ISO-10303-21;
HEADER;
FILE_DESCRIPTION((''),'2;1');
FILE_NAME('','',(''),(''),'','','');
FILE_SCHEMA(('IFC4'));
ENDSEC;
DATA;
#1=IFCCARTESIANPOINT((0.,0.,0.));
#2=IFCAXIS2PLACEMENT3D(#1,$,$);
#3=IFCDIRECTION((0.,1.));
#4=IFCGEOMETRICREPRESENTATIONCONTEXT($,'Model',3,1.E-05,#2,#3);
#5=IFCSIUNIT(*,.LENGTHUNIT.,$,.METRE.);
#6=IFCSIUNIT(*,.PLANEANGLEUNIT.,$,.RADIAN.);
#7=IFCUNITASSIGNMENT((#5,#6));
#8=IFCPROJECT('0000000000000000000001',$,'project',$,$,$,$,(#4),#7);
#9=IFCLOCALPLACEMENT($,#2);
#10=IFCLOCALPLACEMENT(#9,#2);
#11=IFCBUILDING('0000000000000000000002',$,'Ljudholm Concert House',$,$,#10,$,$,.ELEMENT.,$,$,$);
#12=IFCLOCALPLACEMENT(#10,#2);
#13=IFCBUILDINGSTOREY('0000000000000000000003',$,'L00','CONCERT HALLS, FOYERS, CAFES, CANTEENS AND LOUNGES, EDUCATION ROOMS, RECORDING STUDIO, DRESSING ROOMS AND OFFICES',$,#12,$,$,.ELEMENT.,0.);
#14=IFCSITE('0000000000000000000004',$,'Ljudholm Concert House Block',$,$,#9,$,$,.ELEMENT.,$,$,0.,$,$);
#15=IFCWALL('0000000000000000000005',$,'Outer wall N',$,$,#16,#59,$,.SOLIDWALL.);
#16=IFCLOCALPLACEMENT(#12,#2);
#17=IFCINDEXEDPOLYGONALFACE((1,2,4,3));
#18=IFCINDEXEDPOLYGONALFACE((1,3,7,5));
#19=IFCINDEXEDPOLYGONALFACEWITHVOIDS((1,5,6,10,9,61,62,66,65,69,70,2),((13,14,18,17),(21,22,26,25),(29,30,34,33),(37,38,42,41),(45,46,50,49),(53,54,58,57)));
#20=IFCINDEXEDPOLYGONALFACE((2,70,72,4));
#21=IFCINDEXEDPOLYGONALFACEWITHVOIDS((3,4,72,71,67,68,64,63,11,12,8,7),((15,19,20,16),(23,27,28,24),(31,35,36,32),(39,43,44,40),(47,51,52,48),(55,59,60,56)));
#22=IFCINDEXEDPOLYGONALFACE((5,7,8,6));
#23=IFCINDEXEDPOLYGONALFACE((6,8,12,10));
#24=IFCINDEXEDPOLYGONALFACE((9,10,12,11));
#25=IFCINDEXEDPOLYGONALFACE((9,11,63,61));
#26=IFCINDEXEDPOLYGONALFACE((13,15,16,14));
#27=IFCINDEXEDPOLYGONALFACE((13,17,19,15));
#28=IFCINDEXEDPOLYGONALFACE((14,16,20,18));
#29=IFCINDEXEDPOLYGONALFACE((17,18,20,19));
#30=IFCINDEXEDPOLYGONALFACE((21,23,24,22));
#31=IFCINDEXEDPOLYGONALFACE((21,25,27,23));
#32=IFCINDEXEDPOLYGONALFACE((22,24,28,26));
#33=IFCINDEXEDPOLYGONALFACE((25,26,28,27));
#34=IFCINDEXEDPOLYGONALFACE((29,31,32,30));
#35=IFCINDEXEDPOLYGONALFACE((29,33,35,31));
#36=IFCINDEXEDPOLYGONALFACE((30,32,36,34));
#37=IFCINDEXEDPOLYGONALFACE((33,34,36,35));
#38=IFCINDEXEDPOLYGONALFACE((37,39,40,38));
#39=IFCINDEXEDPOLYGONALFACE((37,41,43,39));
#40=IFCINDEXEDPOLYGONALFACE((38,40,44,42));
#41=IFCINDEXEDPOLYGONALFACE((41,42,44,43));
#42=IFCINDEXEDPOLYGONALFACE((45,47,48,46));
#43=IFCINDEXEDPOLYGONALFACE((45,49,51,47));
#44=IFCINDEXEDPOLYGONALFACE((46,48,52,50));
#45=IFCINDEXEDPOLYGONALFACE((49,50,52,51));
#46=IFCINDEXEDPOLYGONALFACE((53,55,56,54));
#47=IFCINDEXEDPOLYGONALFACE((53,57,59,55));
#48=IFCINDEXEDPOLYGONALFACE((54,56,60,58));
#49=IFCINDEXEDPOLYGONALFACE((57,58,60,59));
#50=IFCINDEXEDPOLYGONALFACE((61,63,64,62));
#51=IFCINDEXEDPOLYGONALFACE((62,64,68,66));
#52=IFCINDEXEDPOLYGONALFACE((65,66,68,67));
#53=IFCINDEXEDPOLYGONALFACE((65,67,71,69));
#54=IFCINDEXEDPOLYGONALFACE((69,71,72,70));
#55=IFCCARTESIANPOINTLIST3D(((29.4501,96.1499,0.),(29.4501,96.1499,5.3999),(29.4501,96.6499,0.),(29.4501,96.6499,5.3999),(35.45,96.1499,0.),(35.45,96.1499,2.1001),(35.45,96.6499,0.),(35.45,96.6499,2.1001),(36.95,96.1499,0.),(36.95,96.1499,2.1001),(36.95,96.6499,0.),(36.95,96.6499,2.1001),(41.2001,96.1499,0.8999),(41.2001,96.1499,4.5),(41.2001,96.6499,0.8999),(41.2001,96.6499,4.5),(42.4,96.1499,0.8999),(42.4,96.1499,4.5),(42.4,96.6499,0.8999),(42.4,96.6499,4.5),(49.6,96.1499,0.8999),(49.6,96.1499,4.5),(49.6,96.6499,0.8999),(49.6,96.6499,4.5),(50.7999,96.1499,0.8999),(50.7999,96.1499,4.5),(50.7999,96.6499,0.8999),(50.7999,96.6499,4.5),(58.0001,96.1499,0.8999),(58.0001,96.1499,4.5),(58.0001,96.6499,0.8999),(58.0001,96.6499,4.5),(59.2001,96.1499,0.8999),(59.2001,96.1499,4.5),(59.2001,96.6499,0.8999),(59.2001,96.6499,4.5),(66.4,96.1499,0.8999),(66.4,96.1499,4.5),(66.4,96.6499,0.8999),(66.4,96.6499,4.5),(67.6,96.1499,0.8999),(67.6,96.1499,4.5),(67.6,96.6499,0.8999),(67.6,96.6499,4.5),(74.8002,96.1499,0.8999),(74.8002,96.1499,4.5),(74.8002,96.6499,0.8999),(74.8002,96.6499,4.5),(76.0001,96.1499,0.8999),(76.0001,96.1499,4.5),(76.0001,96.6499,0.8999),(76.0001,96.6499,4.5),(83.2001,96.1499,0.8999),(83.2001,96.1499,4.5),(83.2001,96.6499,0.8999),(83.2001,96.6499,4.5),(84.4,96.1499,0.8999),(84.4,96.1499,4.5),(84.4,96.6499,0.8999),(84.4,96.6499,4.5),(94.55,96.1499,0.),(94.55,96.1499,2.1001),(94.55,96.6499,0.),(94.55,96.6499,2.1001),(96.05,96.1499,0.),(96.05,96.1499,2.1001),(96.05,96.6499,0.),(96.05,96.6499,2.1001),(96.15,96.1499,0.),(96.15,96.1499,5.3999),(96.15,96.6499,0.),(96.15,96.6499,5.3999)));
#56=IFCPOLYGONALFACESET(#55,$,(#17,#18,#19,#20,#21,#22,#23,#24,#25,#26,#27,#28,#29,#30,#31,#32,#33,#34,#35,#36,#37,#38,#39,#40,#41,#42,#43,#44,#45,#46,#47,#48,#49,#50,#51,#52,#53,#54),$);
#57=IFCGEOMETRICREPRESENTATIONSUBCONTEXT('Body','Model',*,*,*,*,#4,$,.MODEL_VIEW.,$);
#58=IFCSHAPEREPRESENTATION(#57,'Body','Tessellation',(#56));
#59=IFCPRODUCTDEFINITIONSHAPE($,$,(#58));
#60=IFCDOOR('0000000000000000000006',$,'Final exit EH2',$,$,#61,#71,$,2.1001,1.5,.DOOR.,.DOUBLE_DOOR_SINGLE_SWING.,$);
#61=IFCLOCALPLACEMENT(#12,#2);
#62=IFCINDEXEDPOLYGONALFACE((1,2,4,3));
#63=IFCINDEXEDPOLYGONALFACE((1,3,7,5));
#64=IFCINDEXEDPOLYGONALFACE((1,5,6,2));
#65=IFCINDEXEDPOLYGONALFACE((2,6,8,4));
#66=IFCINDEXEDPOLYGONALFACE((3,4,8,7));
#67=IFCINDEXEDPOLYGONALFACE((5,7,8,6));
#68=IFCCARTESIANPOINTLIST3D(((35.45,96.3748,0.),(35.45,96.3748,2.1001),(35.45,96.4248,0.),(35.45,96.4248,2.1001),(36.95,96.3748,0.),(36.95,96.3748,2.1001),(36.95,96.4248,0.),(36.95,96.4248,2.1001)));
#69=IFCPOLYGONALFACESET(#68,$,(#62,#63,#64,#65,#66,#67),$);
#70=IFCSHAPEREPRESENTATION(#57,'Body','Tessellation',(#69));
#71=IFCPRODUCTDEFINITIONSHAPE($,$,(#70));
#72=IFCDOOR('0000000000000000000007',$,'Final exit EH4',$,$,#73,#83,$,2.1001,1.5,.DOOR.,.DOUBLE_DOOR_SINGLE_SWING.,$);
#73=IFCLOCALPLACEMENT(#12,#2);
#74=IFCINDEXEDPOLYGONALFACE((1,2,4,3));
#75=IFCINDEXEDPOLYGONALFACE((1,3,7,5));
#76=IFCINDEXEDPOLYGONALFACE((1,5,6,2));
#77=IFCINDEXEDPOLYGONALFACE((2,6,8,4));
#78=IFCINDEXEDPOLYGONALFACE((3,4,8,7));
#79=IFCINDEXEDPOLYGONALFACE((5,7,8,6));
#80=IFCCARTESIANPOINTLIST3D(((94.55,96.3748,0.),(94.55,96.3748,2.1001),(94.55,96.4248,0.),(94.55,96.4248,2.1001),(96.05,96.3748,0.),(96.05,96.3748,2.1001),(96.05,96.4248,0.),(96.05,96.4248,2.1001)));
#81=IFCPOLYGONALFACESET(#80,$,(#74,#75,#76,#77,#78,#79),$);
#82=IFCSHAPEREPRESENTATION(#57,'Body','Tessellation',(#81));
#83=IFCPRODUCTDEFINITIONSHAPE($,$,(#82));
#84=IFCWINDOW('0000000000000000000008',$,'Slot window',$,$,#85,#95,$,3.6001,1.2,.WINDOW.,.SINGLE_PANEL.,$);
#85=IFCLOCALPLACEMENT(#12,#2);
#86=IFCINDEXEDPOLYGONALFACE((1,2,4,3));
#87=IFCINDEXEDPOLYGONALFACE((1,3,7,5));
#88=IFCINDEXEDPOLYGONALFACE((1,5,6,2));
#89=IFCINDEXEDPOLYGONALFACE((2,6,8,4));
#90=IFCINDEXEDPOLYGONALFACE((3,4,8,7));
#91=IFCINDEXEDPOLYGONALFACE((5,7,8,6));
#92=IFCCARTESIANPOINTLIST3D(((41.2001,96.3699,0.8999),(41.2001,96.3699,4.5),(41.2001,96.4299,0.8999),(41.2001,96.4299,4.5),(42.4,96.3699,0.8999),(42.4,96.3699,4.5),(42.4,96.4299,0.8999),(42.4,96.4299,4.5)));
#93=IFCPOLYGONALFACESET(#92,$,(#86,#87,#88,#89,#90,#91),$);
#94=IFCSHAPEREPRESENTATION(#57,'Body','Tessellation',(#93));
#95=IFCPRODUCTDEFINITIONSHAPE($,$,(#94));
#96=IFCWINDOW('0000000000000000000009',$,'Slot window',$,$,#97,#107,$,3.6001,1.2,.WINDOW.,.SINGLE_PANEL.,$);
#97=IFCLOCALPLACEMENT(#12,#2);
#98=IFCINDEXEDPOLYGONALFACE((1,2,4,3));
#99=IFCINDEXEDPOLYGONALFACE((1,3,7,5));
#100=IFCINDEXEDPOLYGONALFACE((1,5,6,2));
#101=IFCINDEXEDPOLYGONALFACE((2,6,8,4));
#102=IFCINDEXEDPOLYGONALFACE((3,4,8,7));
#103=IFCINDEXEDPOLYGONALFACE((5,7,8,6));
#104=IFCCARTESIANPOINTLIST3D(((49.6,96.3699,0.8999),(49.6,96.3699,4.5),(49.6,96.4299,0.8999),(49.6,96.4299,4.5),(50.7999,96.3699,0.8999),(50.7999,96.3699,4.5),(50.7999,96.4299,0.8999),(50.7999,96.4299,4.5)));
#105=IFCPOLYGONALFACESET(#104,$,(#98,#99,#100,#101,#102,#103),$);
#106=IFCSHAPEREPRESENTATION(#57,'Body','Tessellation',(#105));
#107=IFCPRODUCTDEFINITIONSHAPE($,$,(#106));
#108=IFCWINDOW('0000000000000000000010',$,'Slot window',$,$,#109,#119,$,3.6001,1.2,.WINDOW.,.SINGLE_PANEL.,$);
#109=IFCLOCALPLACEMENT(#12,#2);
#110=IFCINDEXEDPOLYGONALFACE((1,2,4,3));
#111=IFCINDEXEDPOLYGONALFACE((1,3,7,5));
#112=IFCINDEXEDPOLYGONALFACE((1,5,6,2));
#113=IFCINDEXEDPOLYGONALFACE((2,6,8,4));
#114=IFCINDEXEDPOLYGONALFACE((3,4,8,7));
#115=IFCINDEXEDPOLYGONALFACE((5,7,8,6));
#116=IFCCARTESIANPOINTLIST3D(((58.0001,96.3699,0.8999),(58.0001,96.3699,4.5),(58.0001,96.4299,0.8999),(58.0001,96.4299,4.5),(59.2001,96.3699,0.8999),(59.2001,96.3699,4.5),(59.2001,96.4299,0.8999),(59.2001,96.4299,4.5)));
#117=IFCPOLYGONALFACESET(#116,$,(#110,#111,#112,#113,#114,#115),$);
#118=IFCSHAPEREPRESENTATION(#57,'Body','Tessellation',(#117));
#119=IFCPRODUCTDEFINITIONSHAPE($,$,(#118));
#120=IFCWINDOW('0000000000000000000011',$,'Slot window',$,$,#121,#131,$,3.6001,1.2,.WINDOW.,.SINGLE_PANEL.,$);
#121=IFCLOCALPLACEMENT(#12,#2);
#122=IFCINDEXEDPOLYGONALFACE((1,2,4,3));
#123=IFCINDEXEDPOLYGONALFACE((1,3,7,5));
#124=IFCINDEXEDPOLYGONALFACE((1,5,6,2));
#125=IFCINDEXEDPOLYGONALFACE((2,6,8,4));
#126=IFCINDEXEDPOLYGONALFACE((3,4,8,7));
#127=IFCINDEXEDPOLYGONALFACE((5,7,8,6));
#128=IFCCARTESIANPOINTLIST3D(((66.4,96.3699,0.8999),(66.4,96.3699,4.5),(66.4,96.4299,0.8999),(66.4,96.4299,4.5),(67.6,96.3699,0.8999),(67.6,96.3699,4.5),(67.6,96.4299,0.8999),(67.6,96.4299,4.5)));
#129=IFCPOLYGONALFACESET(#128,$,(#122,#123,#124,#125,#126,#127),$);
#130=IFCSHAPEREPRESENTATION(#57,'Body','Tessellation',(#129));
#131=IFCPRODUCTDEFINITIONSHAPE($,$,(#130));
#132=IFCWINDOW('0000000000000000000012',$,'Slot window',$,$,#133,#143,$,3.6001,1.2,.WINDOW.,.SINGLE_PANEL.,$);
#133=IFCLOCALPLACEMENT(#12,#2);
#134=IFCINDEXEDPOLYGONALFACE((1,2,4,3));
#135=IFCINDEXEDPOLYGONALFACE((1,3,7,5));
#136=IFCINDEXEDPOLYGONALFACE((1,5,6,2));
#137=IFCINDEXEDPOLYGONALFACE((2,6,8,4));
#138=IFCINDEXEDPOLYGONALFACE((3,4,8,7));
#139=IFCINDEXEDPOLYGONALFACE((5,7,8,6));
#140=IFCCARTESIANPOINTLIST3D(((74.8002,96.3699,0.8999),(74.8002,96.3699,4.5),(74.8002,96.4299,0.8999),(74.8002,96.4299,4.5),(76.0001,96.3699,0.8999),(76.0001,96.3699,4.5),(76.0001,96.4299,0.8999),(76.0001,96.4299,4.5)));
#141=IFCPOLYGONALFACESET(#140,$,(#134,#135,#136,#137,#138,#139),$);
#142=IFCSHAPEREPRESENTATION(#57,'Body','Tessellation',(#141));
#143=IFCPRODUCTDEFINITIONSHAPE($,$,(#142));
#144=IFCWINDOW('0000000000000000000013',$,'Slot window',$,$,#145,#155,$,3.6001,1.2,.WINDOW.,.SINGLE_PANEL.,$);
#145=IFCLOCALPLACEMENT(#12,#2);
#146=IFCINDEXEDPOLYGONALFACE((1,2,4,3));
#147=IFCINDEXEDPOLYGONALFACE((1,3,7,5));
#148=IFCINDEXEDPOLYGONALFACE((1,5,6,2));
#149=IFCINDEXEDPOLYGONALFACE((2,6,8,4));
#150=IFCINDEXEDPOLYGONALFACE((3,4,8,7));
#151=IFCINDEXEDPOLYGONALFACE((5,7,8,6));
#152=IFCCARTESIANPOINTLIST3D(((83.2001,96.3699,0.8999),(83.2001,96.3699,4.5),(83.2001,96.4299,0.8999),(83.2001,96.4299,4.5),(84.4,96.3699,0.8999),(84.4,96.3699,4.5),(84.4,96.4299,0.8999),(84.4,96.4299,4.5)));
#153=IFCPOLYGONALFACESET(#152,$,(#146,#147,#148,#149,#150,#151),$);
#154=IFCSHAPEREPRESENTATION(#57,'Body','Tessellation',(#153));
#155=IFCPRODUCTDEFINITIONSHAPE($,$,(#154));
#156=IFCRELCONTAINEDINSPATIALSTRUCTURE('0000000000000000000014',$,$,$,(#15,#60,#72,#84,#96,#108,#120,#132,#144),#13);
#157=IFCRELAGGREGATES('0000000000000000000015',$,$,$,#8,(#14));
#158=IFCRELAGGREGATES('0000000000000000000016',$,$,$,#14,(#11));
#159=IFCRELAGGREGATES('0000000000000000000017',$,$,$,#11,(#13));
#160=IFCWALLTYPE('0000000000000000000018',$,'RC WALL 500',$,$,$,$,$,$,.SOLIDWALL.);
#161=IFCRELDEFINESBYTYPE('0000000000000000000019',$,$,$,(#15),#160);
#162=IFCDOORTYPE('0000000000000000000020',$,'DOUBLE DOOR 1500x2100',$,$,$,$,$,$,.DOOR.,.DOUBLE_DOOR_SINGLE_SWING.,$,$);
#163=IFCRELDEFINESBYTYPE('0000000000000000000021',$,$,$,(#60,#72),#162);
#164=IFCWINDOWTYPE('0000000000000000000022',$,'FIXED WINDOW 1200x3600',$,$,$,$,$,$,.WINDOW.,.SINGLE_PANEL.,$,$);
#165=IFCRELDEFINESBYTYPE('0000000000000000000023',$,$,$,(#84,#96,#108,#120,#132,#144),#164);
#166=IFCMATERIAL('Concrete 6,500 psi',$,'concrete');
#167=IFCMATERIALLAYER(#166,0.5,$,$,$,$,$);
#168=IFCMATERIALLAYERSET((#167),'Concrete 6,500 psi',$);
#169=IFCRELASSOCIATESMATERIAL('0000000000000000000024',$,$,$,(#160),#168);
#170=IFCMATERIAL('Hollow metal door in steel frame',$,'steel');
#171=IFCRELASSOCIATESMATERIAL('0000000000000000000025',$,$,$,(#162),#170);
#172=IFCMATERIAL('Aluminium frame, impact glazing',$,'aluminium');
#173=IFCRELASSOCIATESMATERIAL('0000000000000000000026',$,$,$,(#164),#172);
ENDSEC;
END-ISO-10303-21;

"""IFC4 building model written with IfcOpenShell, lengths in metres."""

from ifc_helpers import new_model, si_unit, direction, frame, frame_2d, origin, place, context, subcontext, project, spatial, rectangle, extrude, material, layer, layer_set, type_object, element, fill, save


model = new_model("IFC4")

# Units and contexts
model_context = context("Model", 3, precision=1e-05, world=origin(), true_north=direction((0.0, 1.0)))
body_context = subcontext(model_context, "Body", "Model", "MODEL_VIEW")
ifc_project = project(units=[si_unit("LENGTHUNIT", "METRE"), si_unit("PLANEANGLEUNIT", "RADIAN")], contexts=[model_context])

# Site, building, storey
site_placement = place(None, origin())
site = spatial("IfcSite", under=ifc_project, at=site_placement, Name="Ljudholm Concert House Block", CompositionType="ELEMENT", RefElevation=0.0)
building_placement = place(site_placement, origin())
building = spatial("IfcBuilding", under=site, at=building_placement, Name="Ljudholm Concert House", CompositionType="ELEMENT")
storey_placement = place(building_placement, origin())
storey = spatial("IfcBuildingStorey", under=building, at=storey_placement, Name="L00", Description="CONCERT HALLS, FOYERS, CAFES, CANTEENS AND LOUNGES, EDUCATION ROOMS, RECORDING STUDIO, DRESSING ROOMS AND OFFICES", CompositionType="ELEMENT", Elevation=0.0)

# Wall, openings, doors, windows
ifc_material_1 = material(Name="Concrete 6,500 psi", Category="concrete")
ifc_layer_1 = layer(ifc_material_1, 0.5)
ifc_layer_set_1 = layer_set([ifc_layer_1], Name="Concrete 6,500 psi")
wall_type_1 = type_object("IfcWallType", Name="RC WALL 500", PredefinedType="SOLIDWALL", material=ifc_layer_set_1)
wall_1_placement = place(storey_placement, frame((29.45, 96.3999, 0.0), z_axis=(0.0, 0.0, 1.0), x_axis=(1.0, 0.0, 0.0)))
wall_1 = element("IfcWall", 1, at=wall_1_placement, inside=storey, type_object=wall_type_1, Name="Outer wall N", PredefinedType="SOLIDWALL", context=body_context, shape_type="SweptSolid", body=[
    extrude(rectangle(XDim=66.7, YDim=0.5, at=frame_2d((33.3501, 0.0))), origin(), (0.0, 0.0, 1.0), 5.3999),
])
opening_1_placement = place(wall_1_placement, frame((11.75, 0.0, 0.8999)))
opening_1 = element("IfcOpeningElement", 2, at=opening_1_placement, cuts=wall_1, PredefinedType="OPENING", context=body_context, shape_type="SweptSolid", body=[
    extrude(rectangle(XDim=1.2, YDim=3.6001, at=frame_2d((0.6001, 1.8))), frame((0.0, 0.26, 0.0), z_axis=(0.0, -1.0, 0.0), x_axis=(1.0, 0.0, 0.0)), (0.0, 0.0, 1.0), 0.52),
])
opening_2_placement = place(wall_1_placement, frame((20.1499, 0.0, 0.8999)))
opening_2 = element("IfcOpeningElement", 3, at=opening_2_placement, cuts=wall_1, PredefinedType="OPENING", context=body_context, shape_type="SweptSolid", body=[
    extrude(rectangle(XDim=1.2, YDim=3.6001, at=frame_2d((0.6001, 1.8))), frame((0.0, 0.26, 0.0), z_axis=(0.0, -1.0, 0.0), x_axis=(1.0, 0.0, 0.0)), (0.0, 0.0, 1.0), 0.52),
])
opening_3_placement = place(wall_1_placement, frame((28.55, 0.0, 0.8999)))
opening_3 = element("IfcOpeningElement", 4, at=opening_3_placement, cuts=wall_1, PredefinedType="OPENING", context=body_context, shape_type="SweptSolid", body=[
    extrude(rectangle(XDim=1.2, YDim=3.6001, at=frame_2d((0.6001, 1.8))), frame((0.0, 0.26, 0.0), z_axis=(0.0, -1.0, 0.0), x_axis=(1.0, 0.0, 0.0)), (0.0, 0.0, 1.0), 0.52),
])
opening_4_placement = place(wall_1_placement, frame((36.95, 0.0, 0.8999)))
opening_4 = element("IfcOpeningElement", 5, at=opening_4_placement, cuts=wall_1, PredefinedType="OPENING", context=body_context, shape_type="SweptSolid", body=[
    extrude(rectangle(XDim=1.2, YDim=3.6001, at=frame_2d((0.6001, 1.8))), frame((0.0, 0.26, 0.0), z_axis=(0.0, -1.0, 0.0), x_axis=(1.0, 0.0, 0.0)), (0.0, 0.0, 1.0), 0.52),
])
opening_5_placement = place(wall_1_placement, frame((45.3501, 0.0, 0.8999)))
opening_5 = element("IfcOpeningElement", 6, at=opening_5_placement, cuts=wall_1, PredefinedType="OPENING", context=body_context, shape_type="SweptSolid", body=[
    extrude(rectangle(XDim=1.2, YDim=3.6001, at=frame_2d((0.6001, 1.8))), frame((0.0, 0.26, 0.0), z_axis=(0.0, -1.0, 0.0), x_axis=(1.0, 0.0, 0.0)), (0.0, 0.0, 1.0), 0.52),
])
opening_6_placement = place(wall_1_placement, frame((53.75, 0.0, 0.8999)))
opening_6 = element("IfcOpeningElement", 7, at=opening_6_placement, cuts=wall_1, PredefinedType="OPENING", context=body_context, shape_type="SweptSolid", body=[
    extrude(rectangle(XDim=1.2, YDim=3.6001, at=frame_2d((0.6001, 1.8))), frame((0.0, 0.26, 0.0), z_axis=(0.0, -1.0, 0.0), x_axis=(1.0, 0.0, 0.0)), (0.0, 0.0, 1.0), 0.52),
])
opening_7_placement = place(wall_1_placement, frame((6.0, 0.0, 0.0)))
opening_7 = element("IfcOpeningElement", 8, at=opening_7_placement, cuts=wall_1, PredefinedType="OPENING", context=body_context, shape_type="SweptSolid", body=[
    extrude(rectangle(XDim=1.5, YDim=2.1001, at=frame_2d((0.75, 1.05))), frame((0.0, 0.26, 0.0), z_axis=(0.0, -1.0, 0.0), x_axis=(1.0, 0.0, 0.0)), (0.0, 0.0, 1.0), 0.52),
])
opening_8_placement = place(wall_1_placement, frame((65.1001, 0.0, 0.0)))
opening_8 = element("IfcOpeningElement", 9, at=opening_8_placement, cuts=wall_1, PredefinedType="OPENING", context=body_context, shape_type="SweptSolid", body=[
    extrude(rectangle(XDim=1.5, YDim=2.1001, at=frame_2d((0.75, 1.05))), frame((0.0, 0.26, 0.0), z_axis=(0.0, -1.0, 0.0), x_axis=(1.0, 0.0, 0.0)), (0.0, 0.0, 1.0), 0.52),
])
ifc_material_2 = material(Name="Hollow metal door in steel frame", Category="steel")
door_type_1 = type_object("IfcDoorType", Name="DOUBLE DOOR 1500x2100", OperationType="DOUBLE_DOOR_SINGLE_SWING", PredefinedType="DOOR", material=ifc_material_2)
door_1_placement = place(opening_7_placement, origin())
door_1 = element("IfcDoor", 10, at=door_1_placement, inside=storey, type_object=door_type_1, Name="Final exit EH2", OperationType="DOUBLE_DOOR_SINGLE_SWING", OverallHeight=2.1001, OverallWidth=1.5, PredefinedType="DOOR", context=body_context, shape_type="SweptSolid", body=[
    extrude(rectangle(XDim=1.5, YDim=2.1001, at=frame_2d((0.75, 1.05))), frame((0.0, 0.0249, 0.0), z_axis=(0.0, -1.0, 0.0), x_axis=(1.0, 0.0, 0.0)), (0.0, 0.0, 1.0), 0.05),
])
fill(opening_7, door_1)
door_2_placement = place(opening_8_placement, origin())
door_2 = element("IfcDoor", 11, at=door_2_placement, inside=storey, type_object=door_type_1, Name="Final exit EH4", OperationType="DOUBLE_DOOR_SINGLE_SWING", OverallHeight=2.1001, OverallWidth=1.5, PredefinedType="DOOR", context=body_context, shape_type="SweptSolid", body=[
    extrude(rectangle(XDim=1.5, YDim=2.1001, at=frame_2d((0.75, 1.05))), frame((0.0, 0.0249, 0.0), z_axis=(0.0, -1.0, 0.0), x_axis=(1.0, 0.0, 0.0)), (0.0, 0.0, 1.0), 0.05),
])
fill(opening_8, door_2)
ifc_material_3 = material(Name="Aluminium frame, impact glazing", Category="aluminium")
window_type = type_object("IfcWindowType", Name="FIXED WINDOW 1200x3600", PartitioningType="SINGLE_PANEL", PredefinedType="WINDOW", material=ifc_material_3)
window_1_placement = place(opening_1_placement, origin())
window_1 = element("IfcWindow", 12, at=window_1_placement, inside=storey, type_object=window_type, Name="Slot window", OverallHeight=3.6001, OverallWidth=1.2, PartitioningType="SINGLE_PANEL", PredefinedType="WINDOW", context=body_context, shape_type="SweptSolid", body=[
    extrude(rectangle(XDim=1.2, YDim=3.6001, at=frame_2d((0.6001, 1.8))), frame((0.0, 0.03, 0.0), z_axis=(0.0, -1.0, 0.0), x_axis=(1.0, 0.0, 0.0)), (0.0, 0.0, 1.0), 0.0601),
])
fill(opening_1, window_1)
window_2_placement = place(opening_2_placement, origin())
window_2 = element("IfcWindow", 13, at=window_2_placement, inside=storey, type_object=window_type, Name="Slot window", OverallHeight=3.6001, OverallWidth=1.2, PartitioningType="SINGLE_PANEL", PredefinedType="WINDOW", context=body_context, shape_type="SweptSolid", body=[
    extrude(rectangle(XDim=1.2, YDim=3.6001, at=frame_2d((0.6001, 1.8))), frame((0.0, 0.03, 0.0), z_axis=(0.0, -1.0, 0.0), x_axis=(1.0, 0.0, 0.0)), (0.0, 0.0, 1.0), 0.0601),
])
fill(opening_2, window_2)
window_3_placement = place(opening_3_placement, origin())
window_3 = element("IfcWindow", 14, at=window_3_placement, inside=storey, type_object=window_type, Name="Slot window", OverallHeight=3.6001, OverallWidth=1.2, PartitioningType="SINGLE_PANEL", PredefinedType="WINDOW", context=body_context, shape_type="SweptSolid", body=[
    extrude(rectangle(XDim=1.2, YDim=3.6001, at=frame_2d((0.6001, 1.8))), frame((0.0, 0.03, 0.0), z_axis=(0.0, -1.0, 0.0), x_axis=(1.0, 0.0, 0.0)), (0.0, 0.0, 1.0), 0.0601),
])
fill(opening_3, window_3)
window_4_placement = place(opening_4_placement, origin())
window_4 = element("IfcWindow", 15, at=window_4_placement, inside=storey, type_object=window_type, Name="Slot window", OverallHeight=3.6001, OverallWidth=1.2, PartitioningType="SINGLE_PANEL", PredefinedType="WINDOW", context=body_context, shape_type="SweptSolid", body=[
    extrude(rectangle(XDim=1.2, YDim=3.6001, at=frame_2d((0.6001, 1.8))), frame((0.0, 0.03, 0.0), z_axis=(0.0, -1.0, 0.0), x_axis=(1.0, 0.0, 0.0)), (0.0, 0.0, 1.0), 0.0601),
])
fill(opening_4, window_4)
window_5_placement = place(opening_5_placement, origin())
window_5 = element("IfcWindow", 16, at=window_5_placement, inside=storey, type_object=window_type, Name="Slot window", OverallHeight=3.6001, OverallWidth=1.2, PartitioningType="SINGLE_PANEL", PredefinedType="WINDOW", context=body_context, shape_type="SweptSolid", body=[
    extrude(rectangle(XDim=1.2, YDim=3.6001, at=frame_2d((0.6001, 1.8))), frame((0.0, 0.03, 0.0), z_axis=(0.0, -1.0, 0.0), x_axis=(1.0, 0.0, 0.0)), (0.0, 0.0, 1.0), 0.0601),
])
fill(opening_5, window_5)
window_6_placement = place(opening_6_placement, origin())
window_6 = element("IfcWindow", 17, at=window_6_placement, inside=storey, type_object=window_type, Name="Slot window", OverallHeight=3.6001, OverallWidth=1.2, PartitioningType="SINGLE_PANEL", PredefinedType="WINDOW", context=body_context, shape_type="SweptSolid", body=[
    extrude(rectangle(XDim=1.2, YDim=3.6001, at=frame_2d((0.6001, 1.8))), frame((0.0, 0.03, 0.0), z_axis=(0.0, -1.0, 0.0), x_axis=(1.0, 0.0, 0.0)), (0.0, 0.0, 1.0), 0.0601),
])
fill(opening_6, window_6)

save(model, "model.ifc")
